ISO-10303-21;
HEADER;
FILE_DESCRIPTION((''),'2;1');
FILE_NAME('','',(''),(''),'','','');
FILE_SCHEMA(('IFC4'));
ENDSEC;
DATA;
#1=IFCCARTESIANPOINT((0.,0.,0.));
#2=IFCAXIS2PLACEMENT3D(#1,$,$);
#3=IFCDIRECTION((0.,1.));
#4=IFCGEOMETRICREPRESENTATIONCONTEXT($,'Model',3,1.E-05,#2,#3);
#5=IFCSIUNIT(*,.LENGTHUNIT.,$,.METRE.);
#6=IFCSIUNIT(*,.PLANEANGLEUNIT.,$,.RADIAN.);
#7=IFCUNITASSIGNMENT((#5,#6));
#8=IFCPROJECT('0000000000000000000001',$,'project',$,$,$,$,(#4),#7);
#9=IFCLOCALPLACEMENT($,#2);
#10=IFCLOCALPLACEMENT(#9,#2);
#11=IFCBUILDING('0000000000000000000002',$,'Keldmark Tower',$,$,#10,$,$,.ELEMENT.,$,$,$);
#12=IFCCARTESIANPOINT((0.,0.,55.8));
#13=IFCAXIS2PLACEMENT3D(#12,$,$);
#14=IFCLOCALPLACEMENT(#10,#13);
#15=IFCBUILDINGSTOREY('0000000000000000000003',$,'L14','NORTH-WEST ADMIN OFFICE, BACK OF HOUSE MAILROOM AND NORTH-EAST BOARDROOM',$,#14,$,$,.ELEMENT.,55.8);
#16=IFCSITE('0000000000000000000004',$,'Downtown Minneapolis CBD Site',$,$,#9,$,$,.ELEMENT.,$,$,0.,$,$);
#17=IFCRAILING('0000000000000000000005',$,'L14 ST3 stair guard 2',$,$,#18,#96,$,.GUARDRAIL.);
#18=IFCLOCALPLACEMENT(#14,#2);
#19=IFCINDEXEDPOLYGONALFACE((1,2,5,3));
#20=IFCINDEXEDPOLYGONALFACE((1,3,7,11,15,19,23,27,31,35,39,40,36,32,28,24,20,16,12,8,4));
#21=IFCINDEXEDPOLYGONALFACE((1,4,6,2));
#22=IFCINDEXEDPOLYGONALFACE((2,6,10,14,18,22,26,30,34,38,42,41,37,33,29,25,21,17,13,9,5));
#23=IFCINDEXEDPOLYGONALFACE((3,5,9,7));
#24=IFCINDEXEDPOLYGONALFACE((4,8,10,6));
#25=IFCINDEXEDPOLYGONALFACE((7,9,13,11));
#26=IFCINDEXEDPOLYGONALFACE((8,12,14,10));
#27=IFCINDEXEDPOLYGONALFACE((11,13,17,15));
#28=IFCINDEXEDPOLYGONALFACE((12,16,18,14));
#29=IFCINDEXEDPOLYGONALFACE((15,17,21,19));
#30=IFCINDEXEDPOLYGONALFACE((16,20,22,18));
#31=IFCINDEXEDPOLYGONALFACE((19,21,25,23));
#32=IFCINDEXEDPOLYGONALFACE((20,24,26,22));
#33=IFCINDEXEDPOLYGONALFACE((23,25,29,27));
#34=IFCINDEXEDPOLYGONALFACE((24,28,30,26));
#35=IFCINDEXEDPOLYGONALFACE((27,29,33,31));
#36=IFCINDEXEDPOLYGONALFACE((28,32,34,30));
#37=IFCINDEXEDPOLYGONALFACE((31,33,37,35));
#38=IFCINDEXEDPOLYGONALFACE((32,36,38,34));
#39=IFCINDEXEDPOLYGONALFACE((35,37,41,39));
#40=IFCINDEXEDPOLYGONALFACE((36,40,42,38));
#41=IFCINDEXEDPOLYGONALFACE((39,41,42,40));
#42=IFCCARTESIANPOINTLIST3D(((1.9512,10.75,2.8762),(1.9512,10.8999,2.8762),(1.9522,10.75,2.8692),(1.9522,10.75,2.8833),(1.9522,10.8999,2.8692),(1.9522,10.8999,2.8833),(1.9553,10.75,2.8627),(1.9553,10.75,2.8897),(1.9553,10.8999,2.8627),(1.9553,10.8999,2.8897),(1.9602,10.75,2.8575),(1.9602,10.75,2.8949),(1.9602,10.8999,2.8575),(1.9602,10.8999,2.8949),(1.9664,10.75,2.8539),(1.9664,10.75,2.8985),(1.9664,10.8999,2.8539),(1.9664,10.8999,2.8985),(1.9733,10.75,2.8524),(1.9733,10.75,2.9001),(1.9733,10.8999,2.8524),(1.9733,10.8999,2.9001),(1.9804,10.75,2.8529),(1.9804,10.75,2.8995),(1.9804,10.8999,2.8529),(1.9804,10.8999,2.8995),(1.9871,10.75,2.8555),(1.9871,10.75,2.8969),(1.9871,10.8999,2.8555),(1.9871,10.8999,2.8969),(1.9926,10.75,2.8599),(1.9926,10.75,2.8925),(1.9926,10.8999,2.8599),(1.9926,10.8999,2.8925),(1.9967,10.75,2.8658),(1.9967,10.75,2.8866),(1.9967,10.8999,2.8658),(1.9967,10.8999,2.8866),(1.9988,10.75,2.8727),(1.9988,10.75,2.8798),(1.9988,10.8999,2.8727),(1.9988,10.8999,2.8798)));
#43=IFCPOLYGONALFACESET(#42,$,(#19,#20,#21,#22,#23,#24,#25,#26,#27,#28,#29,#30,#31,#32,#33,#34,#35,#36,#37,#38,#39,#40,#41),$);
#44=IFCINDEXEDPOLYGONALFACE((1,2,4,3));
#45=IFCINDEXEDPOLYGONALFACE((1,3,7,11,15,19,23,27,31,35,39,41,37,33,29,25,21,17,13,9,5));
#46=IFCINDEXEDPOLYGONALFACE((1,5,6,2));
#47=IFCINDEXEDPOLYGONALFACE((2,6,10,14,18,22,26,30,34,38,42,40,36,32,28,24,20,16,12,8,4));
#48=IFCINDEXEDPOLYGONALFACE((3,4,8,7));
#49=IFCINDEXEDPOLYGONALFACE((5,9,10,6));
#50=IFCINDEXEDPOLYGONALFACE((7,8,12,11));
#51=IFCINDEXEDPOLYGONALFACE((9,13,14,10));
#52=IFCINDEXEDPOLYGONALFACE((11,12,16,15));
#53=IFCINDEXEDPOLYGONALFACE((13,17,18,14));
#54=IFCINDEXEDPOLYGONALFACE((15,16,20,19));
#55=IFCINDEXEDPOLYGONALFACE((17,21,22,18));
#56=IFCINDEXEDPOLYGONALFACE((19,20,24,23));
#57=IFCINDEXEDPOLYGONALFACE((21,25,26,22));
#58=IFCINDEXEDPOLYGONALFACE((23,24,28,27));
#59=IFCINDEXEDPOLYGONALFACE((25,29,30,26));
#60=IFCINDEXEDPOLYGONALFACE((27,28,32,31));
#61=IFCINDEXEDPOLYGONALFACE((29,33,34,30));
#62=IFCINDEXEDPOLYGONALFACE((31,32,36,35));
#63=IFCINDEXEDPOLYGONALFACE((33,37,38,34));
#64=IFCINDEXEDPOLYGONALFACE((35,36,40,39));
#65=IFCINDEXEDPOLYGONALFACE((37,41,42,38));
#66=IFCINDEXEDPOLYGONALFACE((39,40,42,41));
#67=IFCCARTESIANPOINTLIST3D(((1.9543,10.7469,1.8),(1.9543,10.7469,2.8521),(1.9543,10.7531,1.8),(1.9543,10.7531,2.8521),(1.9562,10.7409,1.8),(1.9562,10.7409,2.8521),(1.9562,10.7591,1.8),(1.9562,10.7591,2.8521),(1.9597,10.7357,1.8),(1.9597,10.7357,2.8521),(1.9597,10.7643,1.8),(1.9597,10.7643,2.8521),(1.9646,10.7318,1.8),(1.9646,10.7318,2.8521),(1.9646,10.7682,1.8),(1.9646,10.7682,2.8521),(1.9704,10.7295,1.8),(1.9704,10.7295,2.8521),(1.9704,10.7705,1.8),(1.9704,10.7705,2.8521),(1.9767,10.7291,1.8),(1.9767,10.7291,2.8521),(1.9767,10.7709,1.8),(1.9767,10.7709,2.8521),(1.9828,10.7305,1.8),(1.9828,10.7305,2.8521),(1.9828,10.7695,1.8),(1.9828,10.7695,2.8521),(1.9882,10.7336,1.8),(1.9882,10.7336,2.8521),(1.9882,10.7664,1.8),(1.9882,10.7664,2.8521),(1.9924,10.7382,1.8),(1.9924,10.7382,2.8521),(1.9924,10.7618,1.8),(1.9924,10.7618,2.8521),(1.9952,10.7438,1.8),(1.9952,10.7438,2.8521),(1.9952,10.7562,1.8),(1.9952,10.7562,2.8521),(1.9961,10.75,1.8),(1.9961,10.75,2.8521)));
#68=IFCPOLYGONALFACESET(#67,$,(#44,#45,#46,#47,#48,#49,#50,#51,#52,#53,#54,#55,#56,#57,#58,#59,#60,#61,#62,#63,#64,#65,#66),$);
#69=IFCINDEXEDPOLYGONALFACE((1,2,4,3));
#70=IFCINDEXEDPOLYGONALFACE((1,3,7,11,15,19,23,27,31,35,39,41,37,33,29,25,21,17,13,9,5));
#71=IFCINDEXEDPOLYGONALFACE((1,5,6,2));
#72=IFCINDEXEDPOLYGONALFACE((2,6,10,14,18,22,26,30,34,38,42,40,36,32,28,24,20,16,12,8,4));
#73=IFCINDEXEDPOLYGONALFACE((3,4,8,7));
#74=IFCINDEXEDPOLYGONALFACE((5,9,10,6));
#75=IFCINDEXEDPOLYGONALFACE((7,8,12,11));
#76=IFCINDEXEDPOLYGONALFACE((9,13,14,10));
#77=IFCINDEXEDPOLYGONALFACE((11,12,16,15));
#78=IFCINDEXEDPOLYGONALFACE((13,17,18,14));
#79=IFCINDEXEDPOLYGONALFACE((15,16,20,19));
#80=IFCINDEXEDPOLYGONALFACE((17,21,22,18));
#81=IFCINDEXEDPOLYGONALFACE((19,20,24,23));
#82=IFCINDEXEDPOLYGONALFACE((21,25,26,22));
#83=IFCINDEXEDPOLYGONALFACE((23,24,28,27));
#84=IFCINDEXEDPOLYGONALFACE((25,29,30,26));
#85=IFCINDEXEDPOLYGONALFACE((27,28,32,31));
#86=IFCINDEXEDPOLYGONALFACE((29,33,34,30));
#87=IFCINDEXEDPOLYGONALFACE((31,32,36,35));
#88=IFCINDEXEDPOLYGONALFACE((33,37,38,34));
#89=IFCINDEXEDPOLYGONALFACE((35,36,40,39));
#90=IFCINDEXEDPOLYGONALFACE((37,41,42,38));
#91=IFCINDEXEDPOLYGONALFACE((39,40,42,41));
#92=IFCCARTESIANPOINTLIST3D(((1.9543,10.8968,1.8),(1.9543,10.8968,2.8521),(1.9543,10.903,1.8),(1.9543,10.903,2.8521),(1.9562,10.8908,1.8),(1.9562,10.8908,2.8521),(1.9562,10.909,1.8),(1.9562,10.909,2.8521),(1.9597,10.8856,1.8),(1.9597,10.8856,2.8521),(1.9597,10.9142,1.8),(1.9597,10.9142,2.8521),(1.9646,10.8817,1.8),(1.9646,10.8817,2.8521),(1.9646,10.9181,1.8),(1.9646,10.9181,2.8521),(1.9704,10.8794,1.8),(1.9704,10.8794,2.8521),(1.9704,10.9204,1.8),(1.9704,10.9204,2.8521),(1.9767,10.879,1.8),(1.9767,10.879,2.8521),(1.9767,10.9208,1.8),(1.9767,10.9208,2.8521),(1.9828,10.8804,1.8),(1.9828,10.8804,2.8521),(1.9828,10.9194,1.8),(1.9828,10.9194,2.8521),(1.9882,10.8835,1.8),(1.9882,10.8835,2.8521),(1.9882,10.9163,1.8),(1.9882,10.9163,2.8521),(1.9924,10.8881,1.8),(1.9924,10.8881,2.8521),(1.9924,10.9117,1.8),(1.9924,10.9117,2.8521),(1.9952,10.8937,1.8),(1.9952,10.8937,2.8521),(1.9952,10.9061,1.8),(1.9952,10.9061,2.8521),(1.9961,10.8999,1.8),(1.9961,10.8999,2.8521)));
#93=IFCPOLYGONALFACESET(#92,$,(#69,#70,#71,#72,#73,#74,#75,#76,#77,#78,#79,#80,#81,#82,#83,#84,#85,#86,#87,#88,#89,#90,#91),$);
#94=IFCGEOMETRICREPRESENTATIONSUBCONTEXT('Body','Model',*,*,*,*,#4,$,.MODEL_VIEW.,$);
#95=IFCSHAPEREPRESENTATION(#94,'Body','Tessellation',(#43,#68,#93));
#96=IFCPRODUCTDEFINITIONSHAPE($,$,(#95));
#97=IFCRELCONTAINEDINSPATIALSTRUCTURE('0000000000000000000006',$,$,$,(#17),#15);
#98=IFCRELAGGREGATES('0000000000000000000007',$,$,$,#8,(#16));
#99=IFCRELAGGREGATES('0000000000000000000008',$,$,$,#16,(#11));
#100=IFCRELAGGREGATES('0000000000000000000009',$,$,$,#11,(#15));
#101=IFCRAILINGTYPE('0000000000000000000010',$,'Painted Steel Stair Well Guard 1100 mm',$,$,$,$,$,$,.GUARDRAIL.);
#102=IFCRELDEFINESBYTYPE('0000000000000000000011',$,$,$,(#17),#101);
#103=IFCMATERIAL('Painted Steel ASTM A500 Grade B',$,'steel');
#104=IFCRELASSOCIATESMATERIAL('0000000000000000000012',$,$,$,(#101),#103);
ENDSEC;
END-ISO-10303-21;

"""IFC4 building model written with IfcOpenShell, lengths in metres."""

from ifc_helpers import new_model, si_unit, direction, frame, origin, origin_2d, place, context, subcontext, project, spatial, circle, extrude, material, type_object, element, save


model = new_model("IFC4")

# Units and contexts
model_context = context("Model", 3, precision=1e-05, world=origin(), true_north=direction((0.0, 1.0)))
body_context = subcontext(model_context, "Body", "Model", "MODEL_VIEW")
ifc_project = project(units=[si_unit("LENGTHUNIT", "METRE"), si_unit("PLANEANGLEUNIT", "RADIAN")], contexts=[model_context])

# Site, building, storey
site_placement = place(None, origin())
site = spatial("IfcSite", under=ifc_project, at=site_placement, Name="Downtown Minneapolis CBD Site", CompositionType="ELEMENT", RefElevation=0.0)
building_placement = place(site_placement, origin())
building = spatial("IfcBuilding", under=site, at=building_placement, Name="Keldmark Tower", CompositionType="ELEMENT")
storey_placement = place(building_placement, frame((0.0, 0.0, 55.8)))
storey = spatial("IfcBuildingStorey", under=building, at=storey_placement, Name="L14", Description="NORTH-WEST ADMIN OFFICE, BACK OF HOUSE MAILROOM AND NORTH-EAST BOARDROOM", CompositionType="ELEMENT", Elevation=55.8)

# Railing
ifc_material_1 = material(Name="Painted Steel ASTM A500 Grade B", Category="steel")
railing_type_1 = type_object("IfcRailingType", Name="Painted Steel Stair Well Guard 1100 mm", PredefinedType="GUARDRAIL", material=ifc_material_1)
railing_1_placement = place(storey_placement, frame((1.9751, 10.75, 1.8)))
element("IfcRailing", 1, at=railing_1_placement, inside=storey, type_object=railing_type_1, Name="L14 ST3 stair guard 2", PredefinedType="GUARDRAIL", context=body_context, shape_type="SweptSolid", body=[
    extrude(circle(Radius=0.0239, at=origin_2d()), frame((0.0, 0.0, 1.0762), z_axis=(0.0, 1.0, 0.0), x_axis=(-1.0, 0.0, 0.0)), (0.0, 0.0, 1.0), 0.1499),
    extrude(circle(Radius=0.021, at=origin_2d()), origin(), (0.0, 0.0, 1.0), 1.052),
    extrude(circle(Radius=0.021, at=origin_2d()), frame((0.0, 0.1499, 0.0)), (0.0, 0.0, 1.0), 1.052),
])

save(model, "model.ifc")
